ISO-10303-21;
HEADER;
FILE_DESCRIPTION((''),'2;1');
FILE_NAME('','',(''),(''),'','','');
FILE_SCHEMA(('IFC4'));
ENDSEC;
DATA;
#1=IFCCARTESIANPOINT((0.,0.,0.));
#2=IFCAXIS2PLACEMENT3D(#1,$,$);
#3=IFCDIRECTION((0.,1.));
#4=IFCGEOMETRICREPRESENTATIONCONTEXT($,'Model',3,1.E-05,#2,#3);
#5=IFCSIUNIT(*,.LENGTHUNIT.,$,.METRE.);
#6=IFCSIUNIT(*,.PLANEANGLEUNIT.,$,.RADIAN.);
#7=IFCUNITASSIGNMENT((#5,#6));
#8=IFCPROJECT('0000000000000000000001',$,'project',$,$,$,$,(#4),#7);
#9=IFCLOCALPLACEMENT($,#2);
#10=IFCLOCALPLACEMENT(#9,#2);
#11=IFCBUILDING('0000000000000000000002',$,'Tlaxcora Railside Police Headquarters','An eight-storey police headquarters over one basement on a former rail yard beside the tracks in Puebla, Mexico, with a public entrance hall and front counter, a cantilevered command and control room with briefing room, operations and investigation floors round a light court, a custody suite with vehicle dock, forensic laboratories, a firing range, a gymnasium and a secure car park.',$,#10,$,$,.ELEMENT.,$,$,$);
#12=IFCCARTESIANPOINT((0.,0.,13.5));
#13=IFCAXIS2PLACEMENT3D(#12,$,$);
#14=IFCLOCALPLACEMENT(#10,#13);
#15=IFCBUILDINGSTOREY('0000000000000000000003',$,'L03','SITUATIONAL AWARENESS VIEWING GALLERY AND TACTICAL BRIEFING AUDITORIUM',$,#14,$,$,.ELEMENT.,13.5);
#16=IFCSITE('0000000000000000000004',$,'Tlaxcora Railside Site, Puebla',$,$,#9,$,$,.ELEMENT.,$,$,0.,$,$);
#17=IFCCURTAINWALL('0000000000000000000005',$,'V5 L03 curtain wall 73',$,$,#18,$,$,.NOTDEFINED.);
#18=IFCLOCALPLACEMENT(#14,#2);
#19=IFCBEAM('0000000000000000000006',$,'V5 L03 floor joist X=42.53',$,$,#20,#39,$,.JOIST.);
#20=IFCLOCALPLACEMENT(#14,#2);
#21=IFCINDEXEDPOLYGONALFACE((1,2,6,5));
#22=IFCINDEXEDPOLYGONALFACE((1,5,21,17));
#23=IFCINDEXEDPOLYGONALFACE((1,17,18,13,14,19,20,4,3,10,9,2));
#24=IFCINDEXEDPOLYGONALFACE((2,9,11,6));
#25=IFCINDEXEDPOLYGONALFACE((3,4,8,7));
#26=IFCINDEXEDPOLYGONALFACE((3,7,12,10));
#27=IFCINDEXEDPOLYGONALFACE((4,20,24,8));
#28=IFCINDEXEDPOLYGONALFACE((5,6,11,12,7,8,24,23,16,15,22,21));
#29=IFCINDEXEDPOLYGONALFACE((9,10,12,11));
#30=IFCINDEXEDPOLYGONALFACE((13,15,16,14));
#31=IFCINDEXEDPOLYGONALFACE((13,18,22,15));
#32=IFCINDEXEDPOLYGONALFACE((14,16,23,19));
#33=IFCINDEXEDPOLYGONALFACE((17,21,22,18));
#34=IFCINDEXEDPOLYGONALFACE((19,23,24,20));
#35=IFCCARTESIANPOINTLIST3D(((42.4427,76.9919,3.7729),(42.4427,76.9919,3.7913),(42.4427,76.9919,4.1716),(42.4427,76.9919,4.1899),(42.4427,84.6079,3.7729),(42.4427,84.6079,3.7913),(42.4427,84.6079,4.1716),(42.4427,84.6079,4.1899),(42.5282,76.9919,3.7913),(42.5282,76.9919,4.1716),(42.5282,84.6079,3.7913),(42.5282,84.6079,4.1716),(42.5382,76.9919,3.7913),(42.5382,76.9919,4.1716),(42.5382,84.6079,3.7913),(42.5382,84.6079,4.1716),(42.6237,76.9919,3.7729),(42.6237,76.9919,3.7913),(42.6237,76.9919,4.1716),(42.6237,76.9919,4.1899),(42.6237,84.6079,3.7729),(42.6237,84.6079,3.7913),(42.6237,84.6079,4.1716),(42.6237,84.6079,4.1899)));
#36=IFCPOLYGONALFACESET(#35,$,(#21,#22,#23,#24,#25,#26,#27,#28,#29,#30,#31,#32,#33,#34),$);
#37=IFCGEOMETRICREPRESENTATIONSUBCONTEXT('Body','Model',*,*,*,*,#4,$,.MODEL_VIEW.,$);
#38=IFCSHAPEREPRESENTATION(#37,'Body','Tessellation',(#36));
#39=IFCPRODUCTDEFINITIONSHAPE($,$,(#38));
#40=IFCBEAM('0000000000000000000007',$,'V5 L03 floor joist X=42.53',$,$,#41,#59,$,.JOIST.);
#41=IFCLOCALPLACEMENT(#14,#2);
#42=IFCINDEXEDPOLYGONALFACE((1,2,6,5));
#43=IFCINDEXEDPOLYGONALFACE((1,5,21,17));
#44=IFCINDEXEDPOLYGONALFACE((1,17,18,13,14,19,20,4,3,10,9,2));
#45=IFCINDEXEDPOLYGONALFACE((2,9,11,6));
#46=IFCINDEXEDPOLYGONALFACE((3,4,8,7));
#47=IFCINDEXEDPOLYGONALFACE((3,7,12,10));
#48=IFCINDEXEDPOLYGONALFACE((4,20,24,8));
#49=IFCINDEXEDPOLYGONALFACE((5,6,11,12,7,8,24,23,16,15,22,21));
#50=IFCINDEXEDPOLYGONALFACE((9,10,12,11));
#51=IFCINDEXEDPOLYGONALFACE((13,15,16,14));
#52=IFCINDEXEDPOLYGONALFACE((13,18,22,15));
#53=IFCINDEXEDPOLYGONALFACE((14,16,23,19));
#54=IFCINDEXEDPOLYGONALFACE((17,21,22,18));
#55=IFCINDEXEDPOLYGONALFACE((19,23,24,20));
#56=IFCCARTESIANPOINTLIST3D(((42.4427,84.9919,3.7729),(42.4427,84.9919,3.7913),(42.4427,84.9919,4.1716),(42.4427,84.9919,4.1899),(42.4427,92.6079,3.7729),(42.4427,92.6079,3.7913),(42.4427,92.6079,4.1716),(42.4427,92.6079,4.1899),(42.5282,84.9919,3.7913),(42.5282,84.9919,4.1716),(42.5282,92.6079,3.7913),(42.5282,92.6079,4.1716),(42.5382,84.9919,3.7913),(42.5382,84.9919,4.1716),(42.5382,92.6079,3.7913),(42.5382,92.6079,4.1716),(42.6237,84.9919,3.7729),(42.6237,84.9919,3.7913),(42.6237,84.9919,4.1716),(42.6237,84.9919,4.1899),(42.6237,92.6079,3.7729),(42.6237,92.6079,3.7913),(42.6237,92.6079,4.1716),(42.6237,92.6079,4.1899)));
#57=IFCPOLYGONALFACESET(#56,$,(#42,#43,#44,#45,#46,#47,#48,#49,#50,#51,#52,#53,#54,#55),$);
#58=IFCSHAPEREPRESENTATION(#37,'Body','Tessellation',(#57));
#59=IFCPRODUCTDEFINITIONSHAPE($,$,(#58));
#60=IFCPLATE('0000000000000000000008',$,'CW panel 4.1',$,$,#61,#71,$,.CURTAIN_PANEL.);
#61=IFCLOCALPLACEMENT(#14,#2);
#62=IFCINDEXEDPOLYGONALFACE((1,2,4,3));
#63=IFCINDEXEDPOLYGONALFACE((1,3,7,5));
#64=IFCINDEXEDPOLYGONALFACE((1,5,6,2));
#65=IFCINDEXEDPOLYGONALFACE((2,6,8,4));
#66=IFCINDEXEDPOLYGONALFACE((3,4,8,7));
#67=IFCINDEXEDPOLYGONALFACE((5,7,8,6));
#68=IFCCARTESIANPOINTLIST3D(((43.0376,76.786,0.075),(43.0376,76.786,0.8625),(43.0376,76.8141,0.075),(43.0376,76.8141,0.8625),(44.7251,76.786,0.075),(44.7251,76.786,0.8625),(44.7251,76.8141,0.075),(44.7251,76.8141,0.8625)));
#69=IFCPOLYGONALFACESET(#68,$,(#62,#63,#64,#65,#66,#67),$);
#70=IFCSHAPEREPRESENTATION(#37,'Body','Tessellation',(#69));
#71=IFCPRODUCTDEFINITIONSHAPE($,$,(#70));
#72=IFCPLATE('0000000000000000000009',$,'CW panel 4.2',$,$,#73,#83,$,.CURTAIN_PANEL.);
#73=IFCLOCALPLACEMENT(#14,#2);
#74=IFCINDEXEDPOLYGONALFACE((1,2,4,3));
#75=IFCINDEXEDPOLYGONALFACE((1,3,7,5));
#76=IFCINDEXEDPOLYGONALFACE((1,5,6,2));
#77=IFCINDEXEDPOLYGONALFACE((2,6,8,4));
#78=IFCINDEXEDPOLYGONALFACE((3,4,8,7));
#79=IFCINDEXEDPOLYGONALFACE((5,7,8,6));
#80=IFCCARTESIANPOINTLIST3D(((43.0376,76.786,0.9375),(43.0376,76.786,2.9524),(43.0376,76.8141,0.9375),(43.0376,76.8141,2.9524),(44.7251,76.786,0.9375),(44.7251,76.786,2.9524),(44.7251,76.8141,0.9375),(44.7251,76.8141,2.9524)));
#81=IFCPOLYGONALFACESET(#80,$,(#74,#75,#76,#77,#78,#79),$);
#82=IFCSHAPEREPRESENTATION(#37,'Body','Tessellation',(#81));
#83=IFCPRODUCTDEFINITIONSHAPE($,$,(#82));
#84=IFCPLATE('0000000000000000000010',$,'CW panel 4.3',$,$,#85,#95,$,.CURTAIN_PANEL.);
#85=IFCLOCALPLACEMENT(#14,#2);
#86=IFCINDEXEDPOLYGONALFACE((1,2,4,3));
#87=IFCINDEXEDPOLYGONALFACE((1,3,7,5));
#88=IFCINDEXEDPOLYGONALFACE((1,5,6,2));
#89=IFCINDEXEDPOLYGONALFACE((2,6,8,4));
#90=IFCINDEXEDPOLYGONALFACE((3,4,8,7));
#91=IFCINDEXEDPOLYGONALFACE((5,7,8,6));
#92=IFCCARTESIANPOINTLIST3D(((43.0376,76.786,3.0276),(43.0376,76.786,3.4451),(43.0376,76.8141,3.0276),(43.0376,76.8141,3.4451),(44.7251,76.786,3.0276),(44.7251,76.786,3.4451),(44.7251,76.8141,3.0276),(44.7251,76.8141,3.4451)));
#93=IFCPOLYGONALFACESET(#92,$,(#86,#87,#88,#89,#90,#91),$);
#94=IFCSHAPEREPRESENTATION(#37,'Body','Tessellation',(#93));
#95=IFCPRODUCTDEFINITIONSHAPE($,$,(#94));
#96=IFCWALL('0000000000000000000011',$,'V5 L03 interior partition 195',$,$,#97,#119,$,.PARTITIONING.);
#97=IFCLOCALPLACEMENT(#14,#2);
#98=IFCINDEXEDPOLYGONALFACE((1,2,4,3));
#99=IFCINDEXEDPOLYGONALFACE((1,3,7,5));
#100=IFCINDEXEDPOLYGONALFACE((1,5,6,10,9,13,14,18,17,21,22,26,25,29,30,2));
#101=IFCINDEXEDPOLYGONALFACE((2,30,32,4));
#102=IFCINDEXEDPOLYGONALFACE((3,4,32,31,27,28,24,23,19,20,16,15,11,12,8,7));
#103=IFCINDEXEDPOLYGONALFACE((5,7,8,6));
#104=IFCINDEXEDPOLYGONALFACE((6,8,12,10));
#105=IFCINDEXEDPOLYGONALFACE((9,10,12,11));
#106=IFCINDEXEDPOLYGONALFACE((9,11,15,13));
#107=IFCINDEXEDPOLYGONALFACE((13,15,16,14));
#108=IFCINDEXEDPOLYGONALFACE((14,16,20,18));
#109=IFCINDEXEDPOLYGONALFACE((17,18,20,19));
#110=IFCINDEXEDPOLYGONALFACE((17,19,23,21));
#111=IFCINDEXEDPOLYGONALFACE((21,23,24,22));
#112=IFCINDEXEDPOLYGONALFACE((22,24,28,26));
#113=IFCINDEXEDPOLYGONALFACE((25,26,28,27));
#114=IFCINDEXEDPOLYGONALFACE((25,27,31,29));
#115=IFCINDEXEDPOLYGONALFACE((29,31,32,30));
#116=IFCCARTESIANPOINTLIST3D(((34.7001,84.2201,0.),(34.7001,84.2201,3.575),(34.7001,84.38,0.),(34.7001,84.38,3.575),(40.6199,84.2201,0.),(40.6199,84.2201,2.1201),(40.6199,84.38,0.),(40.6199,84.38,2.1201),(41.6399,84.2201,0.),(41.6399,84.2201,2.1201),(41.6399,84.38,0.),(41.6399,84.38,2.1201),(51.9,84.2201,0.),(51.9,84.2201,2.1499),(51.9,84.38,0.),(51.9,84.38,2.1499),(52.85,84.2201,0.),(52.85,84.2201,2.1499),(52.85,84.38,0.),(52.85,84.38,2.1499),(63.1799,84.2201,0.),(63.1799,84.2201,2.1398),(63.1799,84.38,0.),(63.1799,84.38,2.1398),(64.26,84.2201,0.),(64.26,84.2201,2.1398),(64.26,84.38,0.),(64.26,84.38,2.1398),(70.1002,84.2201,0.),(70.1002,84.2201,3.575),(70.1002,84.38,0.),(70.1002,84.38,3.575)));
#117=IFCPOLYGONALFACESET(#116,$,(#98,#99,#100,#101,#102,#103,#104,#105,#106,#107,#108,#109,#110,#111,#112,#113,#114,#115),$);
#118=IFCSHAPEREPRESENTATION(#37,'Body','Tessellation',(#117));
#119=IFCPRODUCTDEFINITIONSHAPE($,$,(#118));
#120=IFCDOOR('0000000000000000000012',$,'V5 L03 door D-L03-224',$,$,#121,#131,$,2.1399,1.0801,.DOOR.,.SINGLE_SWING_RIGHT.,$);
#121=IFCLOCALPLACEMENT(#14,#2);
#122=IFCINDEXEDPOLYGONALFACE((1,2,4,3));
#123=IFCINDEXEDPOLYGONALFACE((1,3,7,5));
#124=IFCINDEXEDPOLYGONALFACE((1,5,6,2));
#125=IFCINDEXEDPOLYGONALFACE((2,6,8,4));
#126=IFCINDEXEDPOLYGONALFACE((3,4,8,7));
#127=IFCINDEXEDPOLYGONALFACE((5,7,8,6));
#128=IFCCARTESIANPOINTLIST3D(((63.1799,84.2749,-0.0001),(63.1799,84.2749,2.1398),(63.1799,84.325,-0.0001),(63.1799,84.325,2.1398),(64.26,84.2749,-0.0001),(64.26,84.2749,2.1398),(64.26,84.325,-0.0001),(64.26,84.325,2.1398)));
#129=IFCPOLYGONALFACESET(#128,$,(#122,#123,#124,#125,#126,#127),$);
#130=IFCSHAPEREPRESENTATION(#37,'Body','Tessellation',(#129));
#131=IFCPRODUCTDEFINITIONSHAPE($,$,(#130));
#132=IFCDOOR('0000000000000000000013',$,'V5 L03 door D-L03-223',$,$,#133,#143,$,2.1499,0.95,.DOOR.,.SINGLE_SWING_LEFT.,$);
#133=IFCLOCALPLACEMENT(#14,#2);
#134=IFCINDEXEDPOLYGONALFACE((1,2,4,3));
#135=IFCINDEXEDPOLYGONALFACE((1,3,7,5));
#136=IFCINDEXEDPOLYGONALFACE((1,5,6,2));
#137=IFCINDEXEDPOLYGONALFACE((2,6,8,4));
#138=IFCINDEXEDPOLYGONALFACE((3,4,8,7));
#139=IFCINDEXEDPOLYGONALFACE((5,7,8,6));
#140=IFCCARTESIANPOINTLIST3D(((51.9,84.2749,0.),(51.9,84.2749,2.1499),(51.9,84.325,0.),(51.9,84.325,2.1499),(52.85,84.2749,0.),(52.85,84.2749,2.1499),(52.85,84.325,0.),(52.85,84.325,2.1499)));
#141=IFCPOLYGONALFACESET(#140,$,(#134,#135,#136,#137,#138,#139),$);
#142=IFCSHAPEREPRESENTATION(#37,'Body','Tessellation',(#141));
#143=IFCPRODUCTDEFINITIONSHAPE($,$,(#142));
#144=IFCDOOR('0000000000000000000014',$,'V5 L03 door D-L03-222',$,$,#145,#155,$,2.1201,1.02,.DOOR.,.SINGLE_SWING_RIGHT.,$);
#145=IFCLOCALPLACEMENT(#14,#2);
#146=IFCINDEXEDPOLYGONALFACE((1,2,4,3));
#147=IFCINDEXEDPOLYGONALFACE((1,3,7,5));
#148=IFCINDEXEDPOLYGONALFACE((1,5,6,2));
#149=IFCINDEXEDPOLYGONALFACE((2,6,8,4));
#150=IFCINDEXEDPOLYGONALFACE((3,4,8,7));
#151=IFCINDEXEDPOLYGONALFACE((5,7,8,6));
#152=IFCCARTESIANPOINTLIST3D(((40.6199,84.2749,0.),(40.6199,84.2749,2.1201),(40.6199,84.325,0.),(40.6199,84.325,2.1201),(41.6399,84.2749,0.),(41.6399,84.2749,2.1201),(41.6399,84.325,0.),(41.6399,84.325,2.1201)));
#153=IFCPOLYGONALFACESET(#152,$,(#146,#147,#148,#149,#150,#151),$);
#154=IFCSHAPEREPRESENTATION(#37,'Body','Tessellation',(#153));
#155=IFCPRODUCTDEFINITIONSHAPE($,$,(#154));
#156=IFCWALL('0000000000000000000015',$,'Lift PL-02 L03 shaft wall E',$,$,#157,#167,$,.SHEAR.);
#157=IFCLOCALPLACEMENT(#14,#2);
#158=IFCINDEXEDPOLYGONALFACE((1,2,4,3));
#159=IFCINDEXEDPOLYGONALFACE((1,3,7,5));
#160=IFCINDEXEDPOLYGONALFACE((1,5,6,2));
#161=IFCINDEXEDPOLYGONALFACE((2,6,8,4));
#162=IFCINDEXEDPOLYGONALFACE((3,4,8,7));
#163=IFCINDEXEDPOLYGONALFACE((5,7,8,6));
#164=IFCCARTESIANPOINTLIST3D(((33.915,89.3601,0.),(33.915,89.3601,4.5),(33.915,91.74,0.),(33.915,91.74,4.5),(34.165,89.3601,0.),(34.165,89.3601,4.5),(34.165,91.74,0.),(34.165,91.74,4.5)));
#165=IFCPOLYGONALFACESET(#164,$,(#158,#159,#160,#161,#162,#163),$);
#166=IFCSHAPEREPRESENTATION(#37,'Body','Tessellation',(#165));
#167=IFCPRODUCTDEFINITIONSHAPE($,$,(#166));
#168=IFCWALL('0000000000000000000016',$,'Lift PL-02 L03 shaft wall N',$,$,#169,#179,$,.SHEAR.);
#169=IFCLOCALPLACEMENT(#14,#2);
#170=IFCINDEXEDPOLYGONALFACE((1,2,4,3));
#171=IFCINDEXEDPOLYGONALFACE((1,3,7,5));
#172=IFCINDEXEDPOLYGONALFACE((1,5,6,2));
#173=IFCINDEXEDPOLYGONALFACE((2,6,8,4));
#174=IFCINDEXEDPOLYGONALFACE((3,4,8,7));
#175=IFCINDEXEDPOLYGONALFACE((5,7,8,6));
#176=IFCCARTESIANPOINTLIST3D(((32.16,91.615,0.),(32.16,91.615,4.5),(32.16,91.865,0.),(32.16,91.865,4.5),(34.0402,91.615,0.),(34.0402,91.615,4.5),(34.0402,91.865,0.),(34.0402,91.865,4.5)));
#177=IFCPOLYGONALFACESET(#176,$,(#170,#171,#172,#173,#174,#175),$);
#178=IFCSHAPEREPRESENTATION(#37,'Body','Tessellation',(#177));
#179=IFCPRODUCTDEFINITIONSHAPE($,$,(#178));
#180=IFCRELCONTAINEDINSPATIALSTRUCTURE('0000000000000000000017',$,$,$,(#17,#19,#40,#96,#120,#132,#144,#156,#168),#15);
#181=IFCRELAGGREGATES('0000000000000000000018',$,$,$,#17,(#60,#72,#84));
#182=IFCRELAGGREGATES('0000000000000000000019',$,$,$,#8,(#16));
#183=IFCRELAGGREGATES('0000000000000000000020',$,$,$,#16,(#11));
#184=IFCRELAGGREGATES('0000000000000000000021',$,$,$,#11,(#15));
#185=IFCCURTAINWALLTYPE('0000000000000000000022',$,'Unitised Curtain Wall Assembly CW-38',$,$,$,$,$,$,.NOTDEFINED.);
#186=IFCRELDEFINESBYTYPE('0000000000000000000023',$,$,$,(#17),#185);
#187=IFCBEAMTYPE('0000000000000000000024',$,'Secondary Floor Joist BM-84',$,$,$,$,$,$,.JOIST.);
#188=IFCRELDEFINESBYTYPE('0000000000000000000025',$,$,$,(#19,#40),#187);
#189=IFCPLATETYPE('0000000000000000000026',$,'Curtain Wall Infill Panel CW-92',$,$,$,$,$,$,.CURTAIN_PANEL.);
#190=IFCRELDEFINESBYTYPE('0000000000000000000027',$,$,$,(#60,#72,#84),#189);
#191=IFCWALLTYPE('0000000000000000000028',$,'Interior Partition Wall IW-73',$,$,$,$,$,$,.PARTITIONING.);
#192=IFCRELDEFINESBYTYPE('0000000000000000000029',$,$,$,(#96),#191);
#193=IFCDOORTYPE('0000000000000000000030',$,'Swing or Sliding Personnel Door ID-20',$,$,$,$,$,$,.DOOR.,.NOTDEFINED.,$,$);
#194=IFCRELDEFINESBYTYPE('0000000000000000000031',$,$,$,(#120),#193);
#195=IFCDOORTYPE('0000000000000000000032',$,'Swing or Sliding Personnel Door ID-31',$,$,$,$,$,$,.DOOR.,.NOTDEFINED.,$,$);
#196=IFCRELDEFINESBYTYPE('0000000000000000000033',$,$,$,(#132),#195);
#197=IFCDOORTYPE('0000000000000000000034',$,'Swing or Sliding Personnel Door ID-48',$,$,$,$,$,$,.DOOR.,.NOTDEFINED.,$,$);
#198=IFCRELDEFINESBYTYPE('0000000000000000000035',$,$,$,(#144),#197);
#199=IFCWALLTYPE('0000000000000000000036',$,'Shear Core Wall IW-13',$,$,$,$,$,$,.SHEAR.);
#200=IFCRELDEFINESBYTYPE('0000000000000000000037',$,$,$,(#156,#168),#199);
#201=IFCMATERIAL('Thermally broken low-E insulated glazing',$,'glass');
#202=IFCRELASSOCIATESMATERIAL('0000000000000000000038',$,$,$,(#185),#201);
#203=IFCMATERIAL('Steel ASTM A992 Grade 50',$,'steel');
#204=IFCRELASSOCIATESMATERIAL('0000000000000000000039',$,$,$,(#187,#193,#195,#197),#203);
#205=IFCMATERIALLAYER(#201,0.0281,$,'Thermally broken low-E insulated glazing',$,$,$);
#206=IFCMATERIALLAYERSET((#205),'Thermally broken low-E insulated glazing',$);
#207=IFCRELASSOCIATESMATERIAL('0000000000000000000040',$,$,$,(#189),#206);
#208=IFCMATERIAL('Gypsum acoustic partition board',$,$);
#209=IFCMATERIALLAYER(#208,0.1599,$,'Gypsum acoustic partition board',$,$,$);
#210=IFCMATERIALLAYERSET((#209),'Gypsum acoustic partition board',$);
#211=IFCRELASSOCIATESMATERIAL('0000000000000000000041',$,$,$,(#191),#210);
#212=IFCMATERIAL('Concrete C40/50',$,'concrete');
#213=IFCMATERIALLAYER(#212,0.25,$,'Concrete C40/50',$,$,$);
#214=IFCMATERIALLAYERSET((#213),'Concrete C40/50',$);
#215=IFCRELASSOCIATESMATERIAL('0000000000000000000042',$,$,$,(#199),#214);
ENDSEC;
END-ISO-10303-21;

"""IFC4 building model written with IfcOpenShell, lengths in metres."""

from ifc_helpers import new_model, si_unit, direction, frame, frame_2d, origin, origin_2d, place, context, subcontext, project, spatial, rectangle, i_section, extrude, material, layer, layer_set, material_profile, profile_set, type_object, element, fill, aggregate, save


model = new_model("IFC4")

# Units and contexts
model_context = context("Model", 3, precision=1e-05, world=origin(), true_north=direction((0.0, 1.0)))
body_context = subcontext(model_context, "Body", "Model", "MODEL_VIEW")
ifc_project = project(units=[si_unit("LENGTHUNIT", "METRE"), si_unit("PLANEANGLEUNIT", "RADIAN")], contexts=[model_context])

# Site, building, storey
site_placement = place(None, origin())
site = spatial("IfcSite", under=ifc_project, at=site_placement, Name="Tlaxcora Railside Site, Puebla", CompositionType="ELEMENT", RefElevation=0.0)
building_placement = place(site_placement, origin())
building = spatial("IfcBuilding", under=site, at=building_placement, Name="Tlaxcora Railside Police Headquarters", Description="An eight-storey police headquarters over one basement on a former rail yard beside the tracks in Puebla, Mexico, with a public entrance hall and front counter, a cantilevered command and control room with briefing room, operations and investigation floors round a light court, a custody suite with vehicle dock, forensic laboratories, a firing range, a gymnasium and a secure car park.", CompositionType="ELEMENT")
storey_placement = place(building_placement, frame((0.0, 0.0, 13.5)))
storey = spatial("IfcBuildingStorey", under=building, at=storey_placement, Name="L03", Description="SITUATIONAL AWARENESS VIEWING GALLERY AND TACTICAL BRIEFING AUDITORIUM", CompositionType="ELEMENT", Elevation=13.5)

# Shared definitions
ifc_material_1 = material(Name="Concrete C40/50", Category="concrete")

# Curtain wall
ifc_material_2 = material(Name="Thermally broken low-E insulated glazing", Category="glass")
curtain_wall_type = type_object("IfcCurtainWallType", Name="Unitised Curtain Wall Assembly CW-38", PredefinedType="NOTDEFINED", material=ifc_material_2)
curtain_wall_placement = place(storey_placement, origin())
curtain_wall = element("IfcCurtainWall", 1, at=curtain_wall_placement, inside=storey, type_object=curtain_wall_type, Name="V5 L03 curtain wall 73", PredefinedType="NOTDEFINED")

# Beams
ifc_material_3 = material(Name="Steel ASTM A992 Grade 50", Category="steel")
ifc_material_profile_1 = material_profile(ifc_material_3, i_section(OverallWidth=0.1809, OverallDepth=0.417, WebThickness=0.01, FlangeThickness=0.0183, at=origin_2d()), Name="W16X57")
ifc_profile_set_1 = profile_set([ifc_material_profile_1], Name="Steel ASTM A992 Grade 50")
beam_type_1 = type_object("IfcBeamType", Name="Secondary Floor Joist BM-84", PredefinedType="JOIST", material=ifc_profile_set_1)
for number, where, z_axis, x_axis, name in (
    (2, (42.5332, 76.9919, 3.9814), (0.0, 1.0, 0.0), (-1.0, 0.0, 0.0), "V5 L03 floor joist X=42.53"),
    (3, (42.5332, 84.9919, 3.9814), (0.0, 1.0, 0.0), (-1.0, 0.0, 0.0), "V5 L03 floor joist X=42.53"),
):
    element("IfcBeam", number, at=place(storey_placement, frame(where, z_axis=z_axis, x_axis=x_axis)), inside=storey, type_object=beam_type_1, Name=name, PredefinedType="JOIST", context=body_context, shape_type="SweptSolid", body=[
        extrude(i_section(OverallWidth=0.1809, OverallDepth=0.417, WebThickness=0.01, FlangeThickness=0.0183, at=origin_2d()), origin(), (0.0, 0.0, 1.0), 7.616),
    ])

# Plates
ifc_layer_1 = layer(ifc_material_2, 0.0281, Name="Thermally broken low-E insulated glazing")
ifc_layer_set_1 = layer_set([ifc_layer_1], Name="Thermally broken low-E insulated glazing")
plate_type = type_object("IfcPlateType", Name="Curtain Wall Infill Panel CW-92", PredefinedType="CURTAIN_PANEL", material=ifc_layer_set_1)
plate_1_placement = place(storey_placement, frame((43.8813, 76.8, 0.075), z_axis=(0.0, 0.0, 1.0), x_axis=(1.0, 0.0, 0.0)))
plate_1 = element("IfcPlate", 4, at=plate_1_placement, type_object=plate_type, Name="CW panel 4.1", PredefinedType="CURTAIN_PANEL", context=body_context, shape_type="SweptSolid", body=[
    extrude(rectangle(XDim=1.6875, YDim=0.0281, at=origin_2d()), origin(), (0.0, 0.0, 1.0), 0.7876),
])
plate_2_placement = place(storey_placement, frame((43.8813, 76.8, 0.9375), z_axis=(0.0, 0.0, 1.0), x_axis=(1.0, 0.0, 0.0)))
plate_2 = element("IfcPlate", 5, at=plate_2_placement, type_object=plate_type, Name="CW panel 4.2", PredefinedType="CURTAIN_PANEL", context=body_context, shape_type="SweptSolid", body=[
    extrude(rectangle(XDim=1.6875, YDim=0.0281, at=origin_2d()), origin(), (0.0, 0.0, 1.0), 2.0149),
])
plate_3_placement = place(storey_placement, frame((43.8813, 76.8, 3.0276), z_axis=(0.0, 0.0, 1.0), x_axis=(1.0, 0.0, 0.0)))
plate_3 = element("IfcPlate", 6, at=plate_3_placement, type_object=plate_type, Name="CW panel 4.3", PredefinedType="CURTAIN_PANEL", context=body_context, shape_type="SweptSolid", body=[
    extrude(rectangle(XDim=1.6875, YDim=0.0281, at=origin_2d()), origin(), (0.0, 0.0, 1.0), 0.4175),
])
aggregate(curtain_wall, [plate_1, plate_2, plate_3])

# Wall, openings, doors
ifc_material_4 = material(Name="Gypsum acoustic partition board")
ifc_layer_2 = layer(ifc_material_4, 0.1599, Name="Gypsum acoustic partition board")
ifc_layer_set_2 = layer_set([ifc_layer_2], Name="Gypsum acoustic partition board")
wall_type_1 = type_object("IfcWallType", Name="Interior Partition Wall IW-73", PredefinedType="PARTITIONING", material=ifc_layer_set_2)
wall_1_placement = place(storey_placement, frame((34.7, 84.3, 0.0), z_axis=(0.0, 0.0, 1.0), x_axis=(1.0, 0.0, 0.0)))
wall_1 = element("IfcWall", 7, at=wall_1_placement, inside=storey, type_object=wall_type_1, Name="V5 L03 interior partition 195", PredefinedType="PARTITIONING", context=body_context, shape_type="SweptSolid", body=[
    extrude(rectangle(XDim=35.4001, YDim=0.1599, at=frame_2d((17.7002, 0.0))), origin(), (0.0, 0.0, 1.0), 3.575),
])
opening_1_placement = place(wall_1_placement, frame((5.9199, 0.0, 0.0)))
opening_1 = element("IfcOpeningElement", 8, at=opening_1_placement, cuts=wall_1, PredefinedType="OPENING", context=body_context, shape_type="SweptSolid", body=[
    extrude(rectangle(XDim=1.02, YDim=2.1201, at=frame_2d((0.51, 1.0601))), frame((0.0, 0.0898, 0.0), z_axis=(0.0, -1.0, 0.0), x_axis=(1.0, 0.0, 0.0)), (0.0, 0.0, 1.0), 0.1799),
])
opening_2_placement = place(wall_1_placement, frame((17.2, 0.0, 0.0)))
opening_2 = element("IfcOpeningElement", 9, at=opening_2_placement, cuts=wall_1, PredefinedType="OPENING", context=body_context, shape_type="SweptSolid", body=[
    extrude(rectangle(XDim=0.95, YDim=2.1499, at=frame_2d((0.4751, 1.075))), frame((0.0, 0.0898, 0.0), z_axis=(0.0, -1.0, 0.0), x_axis=(1.0, 0.0, 0.0)), (0.0, 0.0, 1.0), 0.1799),
])
opening_3_placement = place(wall_1_placement, frame((28.48, 0.0, 0.0)))
opening_3 = element("IfcOpeningElement", 10, at=opening_3_placement, cuts=wall_1, PredefinedType="OPENING", context=body_context, shape_type="SweptSolid", body=[
    extrude(rectangle(XDim=1.0801, YDim=2.1399, at=frame_2d((0.54, 1.0698))), frame((0.0, 0.0898, 0.0), z_axis=(0.0, -1.0, 0.0), x_axis=(1.0, 0.0, 0.0)), (0.0, 0.0, 1.0), 0.1799),
])
door_type_1 = type_object("IfcDoorType", Name="Swing or Sliding Personnel Door ID-20", OperationType="NOTDEFINED", PredefinedType="DOOR", material=ifc_material_3)
door_1_placement = place(opening_3_placement, origin())
door_1 = element("IfcDoor", 11, at=door_1_placement, inside=storey, type_object=door_type_1, Name="V5 L03 door D-L03-224", OperationType="SINGLE_SWING_RIGHT", OverallHeight=2.1399, OverallWidth=1.0801, PredefinedType="DOOR", context=body_context, shape_type="SweptSolid", body=[
    extrude(rectangle(XDim=1.0801, YDim=2.1399, at=frame_2d((0.54, 1.0698))), frame((0.0, 0.0249, 0.0), z_axis=(0.0, -1.0, 0.0), x_axis=(1.0, 0.0, 0.0)), (0.0, 0.0, 1.0), 0.05),
])
fill(opening_3, door_1)
door_type_2 = type_object("IfcDoorType", Name="Swing or Sliding Personnel Door ID-31", OperationType="NOTDEFINED", PredefinedType="DOOR", material=ifc_material_3)
door_2_placement = place(opening_2_placement, origin())
door_2 = element("IfcDoor", 12, at=door_2_placement, inside=storey, type_object=door_type_2, Name="V5 L03 door D-L03-223", OperationType="SINGLE_SWING_LEFT", OverallHeight=2.1499, OverallWidth=0.95, PredefinedType="DOOR", context=body_context, shape_type="SweptSolid", body=[
    extrude(rectangle(XDim=0.95, YDim=2.1499, at=frame_2d((0.4751, 1.075))), frame((0.0, 0.0249, 0.0), z_axis=(0.0, -1.0, 0.0), x_axis=(1.0, 0.0, 0.0)), (0.0, 0.0, 1.0), 0.05),
])
fill(opening_2, door_2)
door_type_3 = type_object("IfcDoorType", Name="Swing or Sliding Personnel Door ID-48", OperationType="NOTDEFINED", PredefinedType="DOOR", material=ifc_material_3)
door_3_placement = place(opening_1_placement, origin())
door_3 = element("IfcDoor", 13, at=door_3_placement, inside=storey, type_object=door_type_3, Name="V5 L03 door D-L03-222", OperationType="SINGLE_SWING_RIGHT", OverallHeight=2.1201, OverallWidth=1.02, PredefinedType="DOOR", context=body_context, shape_type="SweptSolid", body=[
    extrude(rectangle(XDim=1.02, YDim=2.1201, at=frame_2d((0.51, 1.0601))), frame((0.0, 0.0249, 0.0), z_axis=(0.0, -1.0, 0.0), x_axis=(1.0, 0.0, 0.0)), (0.0, 0.0, 1.0), 0.05),
])
fill(opening_1, door_3)

# Walls
ifc_layer_3 = layer(ifc_material_1, 0.25, Name="Concrete C40/50")
ifc_layer_set_3 = layer_set([ifc_layer_3], Name="Concrete C40/50")
wall_type_2 = type_object("IfcWallType", Name="Shear Core Wall IW-13", PredefinedType="SHEAR", material=ifc_layer_set_3)
wall_2_placement = place(storey_placement, frame((34.04, 89.3601, 0.0), z_axis=(0.0, 0.0, 1.0), x_axis=(0.0, 1.0, 0.0)))
element("IfcWall", 14, at=wall_2_placement, inside=storey, type_object=wall_type_2, Name="Lift PL-02 L03 shaft wall E", PredefinedType="SHEAR", context=body_context, shape_type="SweptSolid", body=[
    extrude(rectangle(XDim=2.3799, YDim=0.25, at=frame_2d((1.1899, 0.0))), origin(), (0.0, 0.0, 1.0), 4.5),
])
wall_3_placement = place(storey_placement, frame((34.04, 91.74, 0.0), z_axis=(0.0, 0.0, 1.0), x_axis=(-1.0, 0.0, 0.0)))
element("IfcWall", 15, at=wall_3_placement, inside=storey, type_object=wall_type_2, Name="Lift PL-02 L03 shaft wall N", PredefinedType="SHEAR", context=body_context, shape_type="SweptSolid", body=[
    extrude(rectangle(XDim=1.8801, YDim=0.25, at=frame_2d((0.9399, 0.0))), origin(), (0.0, 0.0, 1.0), 4.5),
])

save(model, "model.ifc")
